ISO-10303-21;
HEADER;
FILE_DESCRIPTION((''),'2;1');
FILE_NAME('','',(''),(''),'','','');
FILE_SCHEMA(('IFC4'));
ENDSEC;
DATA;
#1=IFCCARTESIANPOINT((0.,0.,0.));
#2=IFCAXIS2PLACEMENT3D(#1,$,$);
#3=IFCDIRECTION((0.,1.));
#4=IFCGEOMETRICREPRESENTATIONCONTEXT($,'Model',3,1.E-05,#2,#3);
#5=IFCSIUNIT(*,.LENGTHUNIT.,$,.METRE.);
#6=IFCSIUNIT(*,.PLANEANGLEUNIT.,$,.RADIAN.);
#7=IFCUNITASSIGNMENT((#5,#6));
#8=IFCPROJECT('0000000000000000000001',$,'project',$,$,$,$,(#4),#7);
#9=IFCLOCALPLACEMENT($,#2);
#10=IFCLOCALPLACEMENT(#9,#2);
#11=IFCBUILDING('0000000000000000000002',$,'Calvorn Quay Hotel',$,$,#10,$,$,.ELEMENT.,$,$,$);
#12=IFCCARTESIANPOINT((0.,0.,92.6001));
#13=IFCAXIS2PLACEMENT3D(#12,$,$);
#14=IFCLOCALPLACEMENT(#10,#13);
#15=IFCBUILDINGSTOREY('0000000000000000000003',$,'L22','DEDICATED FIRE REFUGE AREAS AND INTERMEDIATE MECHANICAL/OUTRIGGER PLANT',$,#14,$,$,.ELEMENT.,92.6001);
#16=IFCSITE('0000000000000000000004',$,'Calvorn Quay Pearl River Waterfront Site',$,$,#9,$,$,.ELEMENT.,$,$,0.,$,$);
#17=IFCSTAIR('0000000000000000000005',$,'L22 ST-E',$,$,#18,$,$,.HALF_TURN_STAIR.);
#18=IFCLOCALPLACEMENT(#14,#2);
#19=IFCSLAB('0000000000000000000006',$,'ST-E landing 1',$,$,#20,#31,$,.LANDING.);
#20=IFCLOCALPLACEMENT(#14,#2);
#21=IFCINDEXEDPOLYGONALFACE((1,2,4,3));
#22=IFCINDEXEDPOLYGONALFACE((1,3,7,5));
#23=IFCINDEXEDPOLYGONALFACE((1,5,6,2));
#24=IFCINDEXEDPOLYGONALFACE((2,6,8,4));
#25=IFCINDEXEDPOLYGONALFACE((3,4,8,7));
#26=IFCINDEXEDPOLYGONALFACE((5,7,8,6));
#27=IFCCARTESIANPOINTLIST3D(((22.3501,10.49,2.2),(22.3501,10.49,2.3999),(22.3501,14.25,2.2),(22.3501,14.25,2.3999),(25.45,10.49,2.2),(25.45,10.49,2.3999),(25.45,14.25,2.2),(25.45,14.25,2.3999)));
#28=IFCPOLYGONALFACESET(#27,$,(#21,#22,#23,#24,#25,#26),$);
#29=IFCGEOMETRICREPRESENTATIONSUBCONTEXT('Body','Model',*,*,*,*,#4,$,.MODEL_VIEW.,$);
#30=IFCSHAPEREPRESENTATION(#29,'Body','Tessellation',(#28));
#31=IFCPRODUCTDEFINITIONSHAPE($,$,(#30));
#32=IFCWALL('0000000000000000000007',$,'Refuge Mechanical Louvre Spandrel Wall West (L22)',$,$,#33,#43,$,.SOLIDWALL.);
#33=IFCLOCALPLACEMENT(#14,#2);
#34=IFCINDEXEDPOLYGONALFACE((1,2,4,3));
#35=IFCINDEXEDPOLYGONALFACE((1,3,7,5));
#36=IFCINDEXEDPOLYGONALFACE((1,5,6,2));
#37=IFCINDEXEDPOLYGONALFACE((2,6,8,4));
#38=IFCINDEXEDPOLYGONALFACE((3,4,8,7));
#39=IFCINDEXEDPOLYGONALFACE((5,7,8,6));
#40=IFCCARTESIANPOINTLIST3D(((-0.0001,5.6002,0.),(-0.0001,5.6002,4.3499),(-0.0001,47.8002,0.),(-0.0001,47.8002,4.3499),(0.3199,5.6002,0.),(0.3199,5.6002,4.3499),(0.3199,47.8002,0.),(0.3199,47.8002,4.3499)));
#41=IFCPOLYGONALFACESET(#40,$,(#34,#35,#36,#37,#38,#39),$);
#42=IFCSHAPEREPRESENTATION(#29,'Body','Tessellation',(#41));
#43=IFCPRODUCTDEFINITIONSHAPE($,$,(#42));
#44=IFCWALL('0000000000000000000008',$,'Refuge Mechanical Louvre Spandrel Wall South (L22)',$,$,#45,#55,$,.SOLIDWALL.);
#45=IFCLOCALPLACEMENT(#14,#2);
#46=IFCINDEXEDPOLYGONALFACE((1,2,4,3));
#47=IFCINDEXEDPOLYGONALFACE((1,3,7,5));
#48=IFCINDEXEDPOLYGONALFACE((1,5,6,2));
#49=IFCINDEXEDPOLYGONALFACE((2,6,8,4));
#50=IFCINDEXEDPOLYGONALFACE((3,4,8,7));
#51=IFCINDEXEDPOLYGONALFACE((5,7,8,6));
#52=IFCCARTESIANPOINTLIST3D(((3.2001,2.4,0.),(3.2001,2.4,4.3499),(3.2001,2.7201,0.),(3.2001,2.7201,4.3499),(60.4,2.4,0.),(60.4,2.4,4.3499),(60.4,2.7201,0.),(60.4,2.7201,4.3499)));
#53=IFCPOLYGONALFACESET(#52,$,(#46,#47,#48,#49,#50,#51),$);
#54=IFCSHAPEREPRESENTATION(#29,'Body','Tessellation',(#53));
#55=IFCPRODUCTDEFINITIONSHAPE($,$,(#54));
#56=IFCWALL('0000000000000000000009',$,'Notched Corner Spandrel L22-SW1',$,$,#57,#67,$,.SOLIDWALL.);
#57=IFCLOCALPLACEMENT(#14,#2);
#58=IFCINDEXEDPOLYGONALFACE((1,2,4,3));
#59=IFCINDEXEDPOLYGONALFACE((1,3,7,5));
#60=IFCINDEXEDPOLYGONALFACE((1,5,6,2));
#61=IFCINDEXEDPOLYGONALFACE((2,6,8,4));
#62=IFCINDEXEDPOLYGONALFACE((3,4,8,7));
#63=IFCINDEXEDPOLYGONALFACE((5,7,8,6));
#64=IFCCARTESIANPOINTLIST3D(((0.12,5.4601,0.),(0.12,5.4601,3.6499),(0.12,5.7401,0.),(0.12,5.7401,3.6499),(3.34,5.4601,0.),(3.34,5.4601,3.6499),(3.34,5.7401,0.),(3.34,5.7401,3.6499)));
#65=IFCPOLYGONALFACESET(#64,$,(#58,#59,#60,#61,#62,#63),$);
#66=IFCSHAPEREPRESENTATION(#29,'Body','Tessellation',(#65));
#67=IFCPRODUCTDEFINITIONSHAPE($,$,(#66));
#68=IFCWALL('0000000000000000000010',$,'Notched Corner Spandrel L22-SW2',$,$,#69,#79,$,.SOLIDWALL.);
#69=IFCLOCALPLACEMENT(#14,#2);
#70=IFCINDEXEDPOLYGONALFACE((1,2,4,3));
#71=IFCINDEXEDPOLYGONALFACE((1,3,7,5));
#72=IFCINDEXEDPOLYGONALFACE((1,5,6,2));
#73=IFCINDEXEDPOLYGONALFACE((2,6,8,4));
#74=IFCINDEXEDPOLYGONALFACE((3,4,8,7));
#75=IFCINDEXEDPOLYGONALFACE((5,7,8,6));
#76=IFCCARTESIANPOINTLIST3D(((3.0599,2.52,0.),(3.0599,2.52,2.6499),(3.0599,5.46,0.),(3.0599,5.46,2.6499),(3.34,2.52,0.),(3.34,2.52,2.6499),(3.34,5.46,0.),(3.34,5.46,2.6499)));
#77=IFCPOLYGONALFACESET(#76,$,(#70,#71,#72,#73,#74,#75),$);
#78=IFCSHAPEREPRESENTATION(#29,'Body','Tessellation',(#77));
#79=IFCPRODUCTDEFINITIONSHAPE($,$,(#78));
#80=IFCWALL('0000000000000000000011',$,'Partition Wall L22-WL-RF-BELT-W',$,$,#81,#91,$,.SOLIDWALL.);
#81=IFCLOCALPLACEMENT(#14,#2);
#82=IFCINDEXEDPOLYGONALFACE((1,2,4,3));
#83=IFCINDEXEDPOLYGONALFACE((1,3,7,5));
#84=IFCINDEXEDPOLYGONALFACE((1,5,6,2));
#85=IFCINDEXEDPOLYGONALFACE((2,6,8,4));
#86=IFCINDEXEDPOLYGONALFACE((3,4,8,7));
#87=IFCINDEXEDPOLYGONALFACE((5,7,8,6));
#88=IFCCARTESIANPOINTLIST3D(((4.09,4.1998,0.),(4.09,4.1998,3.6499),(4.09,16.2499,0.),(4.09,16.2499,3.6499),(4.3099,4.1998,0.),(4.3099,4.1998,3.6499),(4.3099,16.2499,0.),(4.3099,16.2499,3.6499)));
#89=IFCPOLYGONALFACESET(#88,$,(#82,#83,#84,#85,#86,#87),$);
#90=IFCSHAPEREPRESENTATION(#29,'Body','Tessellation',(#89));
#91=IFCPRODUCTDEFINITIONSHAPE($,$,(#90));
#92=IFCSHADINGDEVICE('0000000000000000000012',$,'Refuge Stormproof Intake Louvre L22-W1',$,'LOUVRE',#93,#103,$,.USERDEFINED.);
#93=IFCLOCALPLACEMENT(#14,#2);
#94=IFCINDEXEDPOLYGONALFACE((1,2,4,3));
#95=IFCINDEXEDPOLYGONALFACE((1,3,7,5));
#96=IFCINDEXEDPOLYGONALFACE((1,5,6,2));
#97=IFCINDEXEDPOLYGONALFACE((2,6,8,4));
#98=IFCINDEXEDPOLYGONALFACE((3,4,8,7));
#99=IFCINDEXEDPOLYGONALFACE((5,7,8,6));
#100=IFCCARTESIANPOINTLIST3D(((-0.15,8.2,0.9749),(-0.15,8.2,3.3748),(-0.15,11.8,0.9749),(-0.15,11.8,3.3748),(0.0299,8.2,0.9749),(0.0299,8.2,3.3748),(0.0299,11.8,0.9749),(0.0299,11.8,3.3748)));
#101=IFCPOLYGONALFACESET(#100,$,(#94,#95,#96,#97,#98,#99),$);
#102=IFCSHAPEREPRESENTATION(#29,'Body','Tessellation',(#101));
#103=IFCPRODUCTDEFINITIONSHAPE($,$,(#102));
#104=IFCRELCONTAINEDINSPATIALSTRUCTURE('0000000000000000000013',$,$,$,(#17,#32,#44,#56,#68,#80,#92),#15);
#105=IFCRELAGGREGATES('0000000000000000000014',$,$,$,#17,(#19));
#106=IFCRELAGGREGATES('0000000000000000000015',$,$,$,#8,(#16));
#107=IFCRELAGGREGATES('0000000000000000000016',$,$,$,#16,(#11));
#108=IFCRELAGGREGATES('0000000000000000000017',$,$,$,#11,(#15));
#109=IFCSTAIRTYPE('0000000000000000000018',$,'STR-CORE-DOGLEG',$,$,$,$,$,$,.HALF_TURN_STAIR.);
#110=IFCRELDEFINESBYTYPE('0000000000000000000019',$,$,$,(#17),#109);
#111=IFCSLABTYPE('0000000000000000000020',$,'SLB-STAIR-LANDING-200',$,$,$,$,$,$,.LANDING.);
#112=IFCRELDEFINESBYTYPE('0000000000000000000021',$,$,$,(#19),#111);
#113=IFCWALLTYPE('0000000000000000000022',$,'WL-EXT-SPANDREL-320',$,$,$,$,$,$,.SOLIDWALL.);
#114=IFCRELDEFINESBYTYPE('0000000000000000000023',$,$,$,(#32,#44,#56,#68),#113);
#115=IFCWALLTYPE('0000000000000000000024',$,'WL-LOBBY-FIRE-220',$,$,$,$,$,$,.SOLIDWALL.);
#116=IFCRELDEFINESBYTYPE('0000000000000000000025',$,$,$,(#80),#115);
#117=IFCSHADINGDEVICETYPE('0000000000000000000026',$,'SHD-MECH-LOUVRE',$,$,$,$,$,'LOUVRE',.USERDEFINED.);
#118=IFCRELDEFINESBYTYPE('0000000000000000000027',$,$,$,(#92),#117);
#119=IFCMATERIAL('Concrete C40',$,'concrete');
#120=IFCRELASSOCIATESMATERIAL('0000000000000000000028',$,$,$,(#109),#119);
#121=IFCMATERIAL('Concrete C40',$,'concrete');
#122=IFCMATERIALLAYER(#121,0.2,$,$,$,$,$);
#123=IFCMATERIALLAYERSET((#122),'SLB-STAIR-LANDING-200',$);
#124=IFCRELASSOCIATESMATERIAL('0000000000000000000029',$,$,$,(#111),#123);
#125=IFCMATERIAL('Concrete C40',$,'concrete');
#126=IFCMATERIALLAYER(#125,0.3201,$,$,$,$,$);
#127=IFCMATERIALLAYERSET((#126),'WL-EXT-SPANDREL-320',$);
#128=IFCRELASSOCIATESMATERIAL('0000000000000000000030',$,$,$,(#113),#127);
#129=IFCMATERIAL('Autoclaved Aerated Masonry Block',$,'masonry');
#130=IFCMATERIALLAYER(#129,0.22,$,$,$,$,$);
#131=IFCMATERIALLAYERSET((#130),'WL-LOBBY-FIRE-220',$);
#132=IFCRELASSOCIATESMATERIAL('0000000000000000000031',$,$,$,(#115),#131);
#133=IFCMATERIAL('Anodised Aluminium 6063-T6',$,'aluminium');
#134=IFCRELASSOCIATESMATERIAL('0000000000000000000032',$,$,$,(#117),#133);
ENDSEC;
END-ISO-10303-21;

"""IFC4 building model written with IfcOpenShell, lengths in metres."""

from ifc_helpers import new_model, si_unit, direction, frame, frame_2d, origin, origin_2d, place, context, subcontext, project, spatial, polyline, rectangle, outline, extrude, material, layer, layer_set, type_object, element, aggregate, save


model = new_model("IFC4")

# Units and contexts
model_context = context("Model", 3, precision=1e-05, world=origin(), true_north=direction((0.0, 1.0)))
body_context = subcontext(model_context, "Body", "Model", "MODEL_VIEW")
ifc_project = project(units=[si_unit("LENGTHUNIT", "METRE"), si_unit("PLANEANGLEUNIT", "RADIAN")], contexts=[model_context])

# Site, building, storey
site_placement = place(None, origin())
site = spatial("IfcSite", under=ifc_project, at=site_placement, Name="Calvorn Quay Pearl River Waterfront Site", CompositionType="ELEMENT", RefElevation=0.0)
building_placement = place(site_placement, origin())
building = spatial("IfcBuilding", under=site, at=building_placement, Name="Calvorn Quay Hotel", CompositionType="ELEMENT")
storey_placement = place(building_placement, frame((0.0, 0.0, 92.6001)))
storey = spatial("IfcBuildingStorey", under=building, at=storey_placement, Name="L22", Description="DEDICATED FIRE REFUGE AREAS AND INTERMEDIATE MECHANICAL/OUTRIGGER PLANT", CompositionType="ELEMENT", Elevation=92.6001)

# Stair, slab
ifc_material_1 = material(Name="Concrete C40", Category="concrete")
stair_type = type_object("IfcStairType", Name="STR-CORE-DOGLEG", PredefinedType="HALF_TURN_STAIR", material=ifc_material_1)
ifc_material_2 = material(Name="Concrete C40", Category="concrete")
ifc_layer_1 = layer(ifc_material_2, 0.2)
ifc_layer_set_1 = layer_set([ifc_layer_1], Name="SLB-STAIR-LANDING-200")
slab_type_1 = type_object("IfcSlabType", Name="SLB-STAIR-LANDING-200", PredefinedType="LANDING", material=ifc_layer_set_1)
stair_1_placement = place(storey_placement, origin())
stair_1 = element("IfcStair", 1, at=stair_1_placement, inside=storey, type_object=stair_type, Name="L22 ST-E", PredefinedType="HALF_TURN_STAIR")
slab_1_placement = place(storey_placement, frame((0.0, 0.0, 2.2)))
slab_1 = element("IfcSlab", 2, at=slab_1_placement, type_object=slab_type_1, Name="ST-E landing 1", PredefinedType="LANDING", context=body_context, shape_type="SweptSolid", body=[
    extrude(outline(polyline([(25.45, 10.49), (25.45, 14.25), (22.3501, 14.25), (22.3501, 10.49), (25.45, 10.49)])), origin(), (0.0, 0.0, 1.0), 0.2),
])
aggregate(stair_1, [slab_1])

# Walls
ifc_material_3 = material(Name="Concrete C40", Category="concrete")
ifc_layer_2 = layer(ifc_material_3, 0.3201)
ifc_layer_set_2 = layer_set([ifc_layer_2], Name="WL-EXT-SPANDREL-320")
wall_type_1 = type_object("IfcWallType", Name="WL-EXT-SPANDREL-320", PredefinedType="SOLIDWALL", material=ifc_layer_set_2)
wall_1_placement = place(storey_placement, frame((0.1599, 5.6001, 0.0), z_axis=(0.0, 0.0, 1.0), x_axis=(0.0, 1.0, 0.0)))
element("IfcWall", 3, at=wall_1_placement, inside=storey, type_object=wall_type_1, Name="Refuge Mechanical Louvre Spandrel Wall West (L22)", PredefinedType="SOLIDWALL", context=body_context, shape_type="SweptSolid", body=[
    extrude(rectangle(XDim=42.2, YDim=0.3201, at=frame_2d((21.1001, 0.0))), origin(), (0.0, 0.0, 1.0), 4.3499),
])
wall_2_placement = place(storey_placement, frame((3.2, 2.5601, 0.0), z_axis=(0.0, 0.0, 1.0), x_axis=(1.0, 0.0, 0.0)))
element("IfcWall", 4, at=wall_2_placement, inside=storey, type_object=wall_type_1, Name="Refuge Mechanical Louvre Spandrel Wall South (L22)", PredefinedType="SOLIDWALL", context=body_context, shape_type="SweptSolid", body=[
    extrude(rectangle(XDim=57.2, YDim=0.3201, at=frame_2d((28.6001, 0.0))), origin(), (0.0, 0.0, 1.0), 4.3499),
])
wall_3_placement = place(storey_placement, frame((0.1201, 5.6001, 0.0), z_axis=(0.0, 0.0, 1.0), x_axis=(1.0, 0.0, 0.0)))
element("IfcWall", 5, at=wall_3_placement, inside=storey, type_object=wall_type_1, Name="Notched Corner Spandrel L22-SW1", PredefinedType="SOLIDWALL", context=body_context, shape_type="SweptSolid", body=[
    extrude(rectangle(XDim=3.22, YDim=0.28, at=frame_2d((1.6099, 0.0))), origin(), (0.0, 0.0, 1.0), 3.6499),
])
wall_4_placement = place(storey_placement, frame((3.2, 5.46, 0.0), z_axis=(0.0, 0.0, 1.0), x_axis=(0.0, -1.0, 0.0)))
element("IfcWall", 6, at=wall_4_placement, inside=storey, type_object=wall_type_1, Name="Notched Corner Spandrel L22-SW2", PredefinedType="SOLIDWALL", context=body_context, shape_type="SweptSolid", body=[
    extrude(rectangle(XDim=2.9399, YDim=0.28, at=frame_2d((1.47, 0.0))), origin(), (0.0, 0.0, 1.0), 2.6499),
])
ifc_material_4 = material(Name="Autoclaved Aerated Masonry Block", Category="masonry")
ifc_layer_3 = layer(ifc_material_4, 0.22)
ifc_layer_set_3 = layer_set([ifc_layer_3], Name="WL-LOBBY-FIRE-220")
wall_type_2 = type_object("IfcWallType", Name="WL-LOBBY-FIRE-220", PredefinedType="SOLIDWALL", material=ifc_layer_set_3)
wall_5_placement = place(storey_placement, frame((4.2, 4.2, 0.0), z_axis=(0.0, 0.0, 1.0), x_axis=(0.0, 1.0, 0.0)))
element("IfcWall", 7, at=wall_5_placement, inside=storey, type_object=wall_type_2, Name="Partition Wall L22-WL-RF-BELT-W", PredefinedType="SOLIDWALL", context=body_context, shape_type="SweptSolid", body=[
    extrude(rectangle(XDim=12.05, YDim=0.22, at=frame_2d((6.0249, 0.0))), origin(), (0.0, 0.0, 1.0), 3.6499),
])

# Shading device
ifc_material_5 = material(Name="Anodised Aluminium 6063-T6", Category="aluminium")
shading_device_type = type_object("IfcShadingDeviceType", Name="SHD-MECH-LOUVRE", ElementType="LOUVRE", PredefinedType="USERDEFINED", material=ifc_material_5)
shading_device_placement = place(storey_placement, frame((-0.0601, 10.0, 0.9749), z_axis=(0.0, 0.0, 1.0), x_axis=(1.0, 0.0, 0.0)))
element("IfcShadingDevice", 8, at=shading_device_placement, inside=storey, type_object=shading_device_type, Name="Refuge Stormproof Intake Louvre L22-W1", ObjectType="LOUVRE", PredefinedType="USERDEFINED", context=body_context, shape_type="SweptSolid", body=[
    extrude(rectangle(XDim=0.1799, YDim=3.6001, at=origin_2d()), origin(), (0.0, 0.0, 1.0), 2.3999),
])

save(model, "model.ifc")
